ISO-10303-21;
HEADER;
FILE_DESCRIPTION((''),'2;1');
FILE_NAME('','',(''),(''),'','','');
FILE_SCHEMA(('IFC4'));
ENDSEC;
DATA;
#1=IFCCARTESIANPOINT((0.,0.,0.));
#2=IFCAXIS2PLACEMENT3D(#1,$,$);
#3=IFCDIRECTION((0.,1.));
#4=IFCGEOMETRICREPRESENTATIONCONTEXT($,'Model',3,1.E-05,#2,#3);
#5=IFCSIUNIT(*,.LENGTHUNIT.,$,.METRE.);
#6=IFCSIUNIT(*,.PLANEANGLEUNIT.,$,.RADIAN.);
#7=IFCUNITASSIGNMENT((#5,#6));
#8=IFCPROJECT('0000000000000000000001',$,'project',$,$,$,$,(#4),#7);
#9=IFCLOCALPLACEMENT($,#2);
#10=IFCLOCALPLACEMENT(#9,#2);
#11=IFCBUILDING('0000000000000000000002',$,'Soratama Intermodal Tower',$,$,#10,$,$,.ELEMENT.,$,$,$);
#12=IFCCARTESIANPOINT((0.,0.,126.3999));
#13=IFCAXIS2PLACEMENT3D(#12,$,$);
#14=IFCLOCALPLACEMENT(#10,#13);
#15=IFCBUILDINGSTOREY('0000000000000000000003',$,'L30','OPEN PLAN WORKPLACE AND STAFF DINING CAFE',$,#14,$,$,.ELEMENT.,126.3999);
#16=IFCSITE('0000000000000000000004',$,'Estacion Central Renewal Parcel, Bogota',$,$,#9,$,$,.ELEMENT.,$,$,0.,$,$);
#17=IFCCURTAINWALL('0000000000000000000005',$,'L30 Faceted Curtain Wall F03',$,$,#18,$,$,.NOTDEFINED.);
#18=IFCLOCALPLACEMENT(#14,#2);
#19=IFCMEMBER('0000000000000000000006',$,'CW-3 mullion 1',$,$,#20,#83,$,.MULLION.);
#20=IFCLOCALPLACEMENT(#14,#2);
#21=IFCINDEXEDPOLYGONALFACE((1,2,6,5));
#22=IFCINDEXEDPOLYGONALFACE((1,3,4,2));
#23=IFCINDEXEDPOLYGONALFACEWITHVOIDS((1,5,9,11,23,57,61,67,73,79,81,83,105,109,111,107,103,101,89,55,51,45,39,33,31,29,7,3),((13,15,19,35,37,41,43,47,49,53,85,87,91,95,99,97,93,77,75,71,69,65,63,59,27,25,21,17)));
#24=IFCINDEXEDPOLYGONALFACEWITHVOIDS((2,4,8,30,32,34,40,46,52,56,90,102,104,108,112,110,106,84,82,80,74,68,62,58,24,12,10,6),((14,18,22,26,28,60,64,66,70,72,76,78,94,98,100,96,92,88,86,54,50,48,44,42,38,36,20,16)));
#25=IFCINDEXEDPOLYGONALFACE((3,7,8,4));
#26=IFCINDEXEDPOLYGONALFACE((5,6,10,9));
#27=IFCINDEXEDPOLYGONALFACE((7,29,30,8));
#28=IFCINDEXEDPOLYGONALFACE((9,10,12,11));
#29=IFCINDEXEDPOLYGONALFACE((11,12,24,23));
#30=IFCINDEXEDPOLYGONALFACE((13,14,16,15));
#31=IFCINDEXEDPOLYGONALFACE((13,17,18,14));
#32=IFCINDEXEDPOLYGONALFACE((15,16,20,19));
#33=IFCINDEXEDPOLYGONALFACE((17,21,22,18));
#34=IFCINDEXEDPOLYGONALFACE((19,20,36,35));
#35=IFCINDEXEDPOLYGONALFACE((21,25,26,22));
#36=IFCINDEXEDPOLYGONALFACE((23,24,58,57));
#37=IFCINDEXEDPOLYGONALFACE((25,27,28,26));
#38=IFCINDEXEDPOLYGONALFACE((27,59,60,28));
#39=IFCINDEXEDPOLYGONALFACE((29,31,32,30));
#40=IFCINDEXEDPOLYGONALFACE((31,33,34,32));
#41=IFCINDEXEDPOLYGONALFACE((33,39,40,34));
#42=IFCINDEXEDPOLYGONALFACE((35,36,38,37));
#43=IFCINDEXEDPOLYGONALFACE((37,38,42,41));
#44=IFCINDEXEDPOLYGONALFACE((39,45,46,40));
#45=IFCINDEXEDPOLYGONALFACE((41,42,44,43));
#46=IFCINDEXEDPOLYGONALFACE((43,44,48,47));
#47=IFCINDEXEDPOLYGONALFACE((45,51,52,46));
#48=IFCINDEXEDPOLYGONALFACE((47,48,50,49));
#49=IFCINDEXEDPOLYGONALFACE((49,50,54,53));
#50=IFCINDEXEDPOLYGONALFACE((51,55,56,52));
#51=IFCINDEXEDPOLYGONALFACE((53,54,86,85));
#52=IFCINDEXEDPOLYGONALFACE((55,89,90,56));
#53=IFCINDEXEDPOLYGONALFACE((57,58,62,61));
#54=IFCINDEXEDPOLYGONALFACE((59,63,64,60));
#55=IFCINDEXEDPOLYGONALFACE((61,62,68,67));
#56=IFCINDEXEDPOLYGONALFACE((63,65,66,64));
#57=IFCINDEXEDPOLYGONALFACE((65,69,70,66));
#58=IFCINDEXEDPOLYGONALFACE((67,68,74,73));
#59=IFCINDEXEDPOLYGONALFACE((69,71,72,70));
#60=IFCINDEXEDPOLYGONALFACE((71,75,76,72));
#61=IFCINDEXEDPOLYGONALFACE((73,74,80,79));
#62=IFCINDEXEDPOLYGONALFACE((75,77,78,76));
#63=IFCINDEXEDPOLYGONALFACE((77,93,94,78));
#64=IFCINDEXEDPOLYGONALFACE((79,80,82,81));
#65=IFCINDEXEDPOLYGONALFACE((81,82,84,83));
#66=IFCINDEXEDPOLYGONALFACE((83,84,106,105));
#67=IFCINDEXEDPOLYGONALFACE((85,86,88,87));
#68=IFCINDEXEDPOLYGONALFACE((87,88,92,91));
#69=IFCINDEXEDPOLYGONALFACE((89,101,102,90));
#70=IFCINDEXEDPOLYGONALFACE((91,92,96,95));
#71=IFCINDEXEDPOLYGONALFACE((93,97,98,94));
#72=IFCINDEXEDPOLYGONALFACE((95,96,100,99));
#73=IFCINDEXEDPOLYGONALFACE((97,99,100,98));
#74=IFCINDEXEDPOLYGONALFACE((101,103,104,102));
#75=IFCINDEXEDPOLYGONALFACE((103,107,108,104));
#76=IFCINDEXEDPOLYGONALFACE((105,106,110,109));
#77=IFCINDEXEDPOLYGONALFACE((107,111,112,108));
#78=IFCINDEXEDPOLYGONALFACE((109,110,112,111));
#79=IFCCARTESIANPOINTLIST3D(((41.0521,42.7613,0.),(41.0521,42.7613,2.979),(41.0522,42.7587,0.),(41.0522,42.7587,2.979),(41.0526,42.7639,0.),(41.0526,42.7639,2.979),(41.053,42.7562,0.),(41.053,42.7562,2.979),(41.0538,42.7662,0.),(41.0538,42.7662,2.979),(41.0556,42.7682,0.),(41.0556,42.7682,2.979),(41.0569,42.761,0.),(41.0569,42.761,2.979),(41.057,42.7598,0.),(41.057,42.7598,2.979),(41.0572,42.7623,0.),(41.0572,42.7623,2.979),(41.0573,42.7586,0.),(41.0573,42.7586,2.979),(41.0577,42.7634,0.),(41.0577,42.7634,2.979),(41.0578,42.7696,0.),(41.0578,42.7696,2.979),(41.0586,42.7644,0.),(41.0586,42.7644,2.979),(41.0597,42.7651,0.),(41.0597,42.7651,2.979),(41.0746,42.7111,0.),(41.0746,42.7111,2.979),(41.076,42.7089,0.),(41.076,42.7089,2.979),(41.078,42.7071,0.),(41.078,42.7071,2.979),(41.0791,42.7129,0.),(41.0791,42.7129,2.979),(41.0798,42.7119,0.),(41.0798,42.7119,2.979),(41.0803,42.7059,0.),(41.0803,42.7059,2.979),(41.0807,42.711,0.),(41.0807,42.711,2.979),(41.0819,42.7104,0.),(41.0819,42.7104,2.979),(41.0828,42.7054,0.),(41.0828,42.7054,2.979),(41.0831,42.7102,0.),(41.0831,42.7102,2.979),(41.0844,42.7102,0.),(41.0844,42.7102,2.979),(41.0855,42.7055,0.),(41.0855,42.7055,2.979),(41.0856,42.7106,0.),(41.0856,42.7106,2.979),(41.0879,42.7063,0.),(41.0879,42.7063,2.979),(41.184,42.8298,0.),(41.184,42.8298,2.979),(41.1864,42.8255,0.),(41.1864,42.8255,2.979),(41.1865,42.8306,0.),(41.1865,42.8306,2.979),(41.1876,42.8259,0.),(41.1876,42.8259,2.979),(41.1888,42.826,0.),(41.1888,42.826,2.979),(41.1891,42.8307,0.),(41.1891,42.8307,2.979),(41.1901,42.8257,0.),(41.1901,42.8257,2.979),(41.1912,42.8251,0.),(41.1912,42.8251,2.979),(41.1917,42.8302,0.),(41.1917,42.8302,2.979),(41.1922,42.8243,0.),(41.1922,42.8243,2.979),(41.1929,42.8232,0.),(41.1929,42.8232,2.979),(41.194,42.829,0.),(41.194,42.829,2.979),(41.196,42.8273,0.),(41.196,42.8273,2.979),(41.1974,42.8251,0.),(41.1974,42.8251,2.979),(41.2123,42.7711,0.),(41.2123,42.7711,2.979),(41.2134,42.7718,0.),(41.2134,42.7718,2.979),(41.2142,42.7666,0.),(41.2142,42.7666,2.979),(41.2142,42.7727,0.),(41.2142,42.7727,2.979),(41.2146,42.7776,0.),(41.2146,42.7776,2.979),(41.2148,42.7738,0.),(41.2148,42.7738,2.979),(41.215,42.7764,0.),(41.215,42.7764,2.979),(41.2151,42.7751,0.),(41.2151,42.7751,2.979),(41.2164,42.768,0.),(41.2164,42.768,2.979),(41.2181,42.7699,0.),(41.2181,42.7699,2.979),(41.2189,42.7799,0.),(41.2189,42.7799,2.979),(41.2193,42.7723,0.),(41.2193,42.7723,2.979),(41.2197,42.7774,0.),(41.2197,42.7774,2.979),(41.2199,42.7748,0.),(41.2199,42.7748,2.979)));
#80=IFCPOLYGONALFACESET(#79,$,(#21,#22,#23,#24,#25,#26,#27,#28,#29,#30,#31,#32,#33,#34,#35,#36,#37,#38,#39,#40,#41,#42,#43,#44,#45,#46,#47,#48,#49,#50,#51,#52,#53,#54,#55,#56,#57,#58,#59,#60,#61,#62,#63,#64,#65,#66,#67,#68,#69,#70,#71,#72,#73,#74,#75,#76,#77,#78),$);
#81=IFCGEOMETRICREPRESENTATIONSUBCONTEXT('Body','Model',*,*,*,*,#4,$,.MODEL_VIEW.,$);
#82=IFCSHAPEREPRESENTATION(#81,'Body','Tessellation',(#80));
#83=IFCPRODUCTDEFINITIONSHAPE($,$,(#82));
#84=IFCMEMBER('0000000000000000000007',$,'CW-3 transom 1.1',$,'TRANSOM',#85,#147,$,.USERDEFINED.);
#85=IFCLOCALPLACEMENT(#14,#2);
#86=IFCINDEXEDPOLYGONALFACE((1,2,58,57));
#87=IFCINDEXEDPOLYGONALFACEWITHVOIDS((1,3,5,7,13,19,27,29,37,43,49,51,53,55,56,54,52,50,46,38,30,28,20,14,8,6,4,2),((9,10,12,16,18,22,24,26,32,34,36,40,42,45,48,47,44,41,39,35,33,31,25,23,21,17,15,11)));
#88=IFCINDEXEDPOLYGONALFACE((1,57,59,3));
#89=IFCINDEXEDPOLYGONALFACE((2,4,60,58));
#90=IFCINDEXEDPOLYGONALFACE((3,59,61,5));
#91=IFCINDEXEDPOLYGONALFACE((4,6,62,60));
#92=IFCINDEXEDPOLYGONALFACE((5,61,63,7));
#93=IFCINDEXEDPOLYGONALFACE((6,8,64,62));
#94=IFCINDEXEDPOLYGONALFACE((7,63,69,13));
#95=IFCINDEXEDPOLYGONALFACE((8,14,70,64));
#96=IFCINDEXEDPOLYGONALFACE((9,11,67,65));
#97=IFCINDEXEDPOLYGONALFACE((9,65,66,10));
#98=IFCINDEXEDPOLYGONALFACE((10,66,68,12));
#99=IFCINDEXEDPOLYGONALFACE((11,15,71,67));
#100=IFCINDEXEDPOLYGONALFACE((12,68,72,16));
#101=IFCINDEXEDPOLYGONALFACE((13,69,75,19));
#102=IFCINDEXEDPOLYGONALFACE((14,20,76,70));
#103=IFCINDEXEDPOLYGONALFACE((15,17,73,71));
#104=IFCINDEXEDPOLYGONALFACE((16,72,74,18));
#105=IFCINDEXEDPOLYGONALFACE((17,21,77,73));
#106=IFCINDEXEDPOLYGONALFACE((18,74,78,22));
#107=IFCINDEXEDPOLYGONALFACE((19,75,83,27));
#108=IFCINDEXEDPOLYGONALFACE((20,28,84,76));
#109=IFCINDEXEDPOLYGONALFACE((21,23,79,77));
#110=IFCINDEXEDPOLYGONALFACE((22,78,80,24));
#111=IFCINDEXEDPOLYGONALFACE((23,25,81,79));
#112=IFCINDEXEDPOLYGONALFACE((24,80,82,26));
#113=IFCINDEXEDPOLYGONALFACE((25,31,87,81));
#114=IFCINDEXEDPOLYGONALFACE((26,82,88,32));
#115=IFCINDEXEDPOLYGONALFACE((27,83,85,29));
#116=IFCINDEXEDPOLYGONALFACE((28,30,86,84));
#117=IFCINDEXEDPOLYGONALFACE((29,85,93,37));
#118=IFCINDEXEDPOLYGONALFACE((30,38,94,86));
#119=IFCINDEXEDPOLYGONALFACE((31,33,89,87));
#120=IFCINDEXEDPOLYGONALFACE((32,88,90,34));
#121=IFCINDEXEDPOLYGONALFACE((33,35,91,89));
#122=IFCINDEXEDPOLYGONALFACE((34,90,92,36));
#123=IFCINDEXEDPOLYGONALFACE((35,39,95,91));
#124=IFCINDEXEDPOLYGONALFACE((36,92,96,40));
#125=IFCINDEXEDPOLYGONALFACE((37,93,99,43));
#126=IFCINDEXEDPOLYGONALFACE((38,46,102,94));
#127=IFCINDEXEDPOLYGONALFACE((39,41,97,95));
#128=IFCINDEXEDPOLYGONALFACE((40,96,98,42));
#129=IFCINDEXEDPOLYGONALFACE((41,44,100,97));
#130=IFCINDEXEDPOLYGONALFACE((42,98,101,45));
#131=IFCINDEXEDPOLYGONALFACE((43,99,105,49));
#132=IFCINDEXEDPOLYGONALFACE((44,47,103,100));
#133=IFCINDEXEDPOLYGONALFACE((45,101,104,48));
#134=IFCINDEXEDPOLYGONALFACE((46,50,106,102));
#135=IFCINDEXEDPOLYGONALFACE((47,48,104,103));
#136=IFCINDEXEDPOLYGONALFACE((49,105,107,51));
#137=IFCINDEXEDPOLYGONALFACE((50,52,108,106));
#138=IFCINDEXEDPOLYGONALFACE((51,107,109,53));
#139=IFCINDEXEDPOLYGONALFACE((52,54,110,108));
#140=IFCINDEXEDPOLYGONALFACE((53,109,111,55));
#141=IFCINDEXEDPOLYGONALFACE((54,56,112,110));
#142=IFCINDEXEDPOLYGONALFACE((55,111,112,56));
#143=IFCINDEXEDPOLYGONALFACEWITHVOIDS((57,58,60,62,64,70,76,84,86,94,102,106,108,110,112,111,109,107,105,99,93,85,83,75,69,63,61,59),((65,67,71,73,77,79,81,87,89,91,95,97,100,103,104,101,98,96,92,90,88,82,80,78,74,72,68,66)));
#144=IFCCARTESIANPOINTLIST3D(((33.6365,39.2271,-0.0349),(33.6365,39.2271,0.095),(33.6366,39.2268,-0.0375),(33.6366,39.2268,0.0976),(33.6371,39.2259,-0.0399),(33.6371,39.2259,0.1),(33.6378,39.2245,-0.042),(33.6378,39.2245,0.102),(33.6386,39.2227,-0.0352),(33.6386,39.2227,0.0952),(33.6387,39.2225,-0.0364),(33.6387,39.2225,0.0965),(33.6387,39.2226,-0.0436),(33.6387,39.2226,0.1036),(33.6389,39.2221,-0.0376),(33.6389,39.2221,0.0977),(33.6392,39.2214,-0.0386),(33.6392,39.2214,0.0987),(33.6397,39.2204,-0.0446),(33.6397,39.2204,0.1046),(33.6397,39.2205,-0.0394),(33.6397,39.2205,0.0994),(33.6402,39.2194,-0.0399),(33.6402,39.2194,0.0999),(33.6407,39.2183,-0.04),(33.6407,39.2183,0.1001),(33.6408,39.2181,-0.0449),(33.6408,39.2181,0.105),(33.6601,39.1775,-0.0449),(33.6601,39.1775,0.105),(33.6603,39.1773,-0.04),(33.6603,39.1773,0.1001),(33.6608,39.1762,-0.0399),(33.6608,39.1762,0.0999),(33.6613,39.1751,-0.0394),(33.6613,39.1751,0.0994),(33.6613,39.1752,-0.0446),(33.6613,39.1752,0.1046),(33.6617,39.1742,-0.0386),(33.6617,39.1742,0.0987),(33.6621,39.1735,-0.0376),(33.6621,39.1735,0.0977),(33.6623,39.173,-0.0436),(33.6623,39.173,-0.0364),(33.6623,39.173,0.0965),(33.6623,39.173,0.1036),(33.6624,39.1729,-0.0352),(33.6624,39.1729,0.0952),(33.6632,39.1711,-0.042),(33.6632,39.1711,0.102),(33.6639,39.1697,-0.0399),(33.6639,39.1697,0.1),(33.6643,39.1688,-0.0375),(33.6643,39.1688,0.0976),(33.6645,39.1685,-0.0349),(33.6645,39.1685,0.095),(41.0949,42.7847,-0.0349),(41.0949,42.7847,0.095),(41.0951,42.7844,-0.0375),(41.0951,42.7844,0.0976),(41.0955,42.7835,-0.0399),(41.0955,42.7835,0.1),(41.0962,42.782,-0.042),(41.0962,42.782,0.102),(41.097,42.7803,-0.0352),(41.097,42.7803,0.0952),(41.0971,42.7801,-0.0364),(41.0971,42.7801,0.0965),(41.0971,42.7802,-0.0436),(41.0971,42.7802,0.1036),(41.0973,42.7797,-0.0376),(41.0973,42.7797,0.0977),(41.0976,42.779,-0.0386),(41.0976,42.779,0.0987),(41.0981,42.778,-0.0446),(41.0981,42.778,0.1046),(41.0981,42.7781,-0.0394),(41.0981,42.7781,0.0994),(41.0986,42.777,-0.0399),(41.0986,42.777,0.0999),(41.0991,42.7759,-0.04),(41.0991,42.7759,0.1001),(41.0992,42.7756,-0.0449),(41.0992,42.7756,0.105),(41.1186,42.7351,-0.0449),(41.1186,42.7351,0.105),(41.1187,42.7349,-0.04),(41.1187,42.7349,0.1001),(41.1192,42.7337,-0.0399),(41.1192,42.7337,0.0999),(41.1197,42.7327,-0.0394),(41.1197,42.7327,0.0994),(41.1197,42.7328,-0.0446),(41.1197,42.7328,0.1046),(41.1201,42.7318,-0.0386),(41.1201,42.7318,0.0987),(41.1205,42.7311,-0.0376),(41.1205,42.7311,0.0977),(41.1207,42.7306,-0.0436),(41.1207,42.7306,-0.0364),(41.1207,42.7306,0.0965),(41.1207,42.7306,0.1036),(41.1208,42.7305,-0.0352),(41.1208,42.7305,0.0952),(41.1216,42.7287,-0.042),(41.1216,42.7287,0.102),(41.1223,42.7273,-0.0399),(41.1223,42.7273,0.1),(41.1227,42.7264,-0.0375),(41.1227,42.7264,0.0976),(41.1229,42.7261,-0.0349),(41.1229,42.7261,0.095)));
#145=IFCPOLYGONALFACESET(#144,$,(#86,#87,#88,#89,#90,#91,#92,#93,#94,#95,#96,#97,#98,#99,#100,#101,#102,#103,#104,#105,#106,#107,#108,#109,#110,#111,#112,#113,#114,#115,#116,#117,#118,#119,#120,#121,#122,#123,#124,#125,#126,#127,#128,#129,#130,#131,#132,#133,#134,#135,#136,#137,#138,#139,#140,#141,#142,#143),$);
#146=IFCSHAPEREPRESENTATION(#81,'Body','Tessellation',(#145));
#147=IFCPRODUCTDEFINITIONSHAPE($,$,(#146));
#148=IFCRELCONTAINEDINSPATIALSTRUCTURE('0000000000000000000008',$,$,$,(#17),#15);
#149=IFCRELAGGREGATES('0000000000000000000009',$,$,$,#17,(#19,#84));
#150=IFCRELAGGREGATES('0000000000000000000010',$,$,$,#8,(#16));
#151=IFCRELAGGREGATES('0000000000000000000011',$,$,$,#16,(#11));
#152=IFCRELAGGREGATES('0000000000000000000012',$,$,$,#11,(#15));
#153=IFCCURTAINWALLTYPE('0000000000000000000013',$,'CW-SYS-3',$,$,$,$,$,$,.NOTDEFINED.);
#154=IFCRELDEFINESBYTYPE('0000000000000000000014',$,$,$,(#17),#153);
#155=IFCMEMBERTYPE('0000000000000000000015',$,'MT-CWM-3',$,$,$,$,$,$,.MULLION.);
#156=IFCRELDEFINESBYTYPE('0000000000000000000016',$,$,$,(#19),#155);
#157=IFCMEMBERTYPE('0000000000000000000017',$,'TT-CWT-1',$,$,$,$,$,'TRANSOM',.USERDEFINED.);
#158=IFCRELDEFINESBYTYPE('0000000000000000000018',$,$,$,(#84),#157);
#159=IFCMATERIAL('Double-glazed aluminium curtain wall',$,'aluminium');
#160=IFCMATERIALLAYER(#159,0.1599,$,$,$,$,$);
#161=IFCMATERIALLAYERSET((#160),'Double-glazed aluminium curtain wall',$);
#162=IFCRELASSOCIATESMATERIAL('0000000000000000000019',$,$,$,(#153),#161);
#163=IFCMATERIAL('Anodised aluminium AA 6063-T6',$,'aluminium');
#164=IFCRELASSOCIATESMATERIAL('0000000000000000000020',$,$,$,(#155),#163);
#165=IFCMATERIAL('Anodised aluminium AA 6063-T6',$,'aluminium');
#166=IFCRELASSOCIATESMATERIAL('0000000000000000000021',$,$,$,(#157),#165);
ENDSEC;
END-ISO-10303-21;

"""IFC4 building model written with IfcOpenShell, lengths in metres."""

from ifc_helpers import new_model, si_unit, direction, frame, origin, origin_2d, place, context, subcontext, project, spatial, hollow_rectangle, extrude, material, layer, layer_set, material_profile, profile_set, type_object, element, aggregate, save


model = new_model("IFC4")

# Units and contexts
model_context = context("Model", 3, precision=1e-05, world=origin(), true_north=direction((0.0, 1.0)))
body_context = subcontext(model_context, "Body", "Model", "MODEL_VIEW")
ifc_project = project(units=[si_unit("LENGTHUNIT", "METRE"), si_unit("PLANEANGLEUNIT", "RADIAN")], contexts=[model_context])

# Site, building, storey
site_placement = place(None, origin())
site = spatial("IfcSite", under=ifc_project, at=site_placement, Name="Estacion Central Renewal Parcel, Bogota", CompositionType="ELEMENT", RefElevation=0.0)
building_placement = place(site_placement, origin())
building = spatial("IfcBuilding", under=site, at=building_placement, Name="Soratama Intermodal Tower", CompositionType="ELEMENT")
storey_placement = place(building_placement, frame((0.0, 0.0, 126.3999)))
storey = spatial("IfcBuildingStorey", under=building, at=storey_placement, Name="L30", Description="OPEN PLAN WORKPLACE AND STAFF DINING CAFE", CompositionType="ELEMENT", Elevation=126.3999)

# Shared definitions
ifc_material_1 = material(Name="Double-glazed aluminium curtain wall", Category="aluminium")
ifc_layer_1 = layer(ifc_material_1, 0.1599)
ifc_layer_set_1 = layer_set([ifc_layer_1], Name="Double-glazed aluminium curtain wall")
curtain_wall_type = type_object("IfcCurtainWallType", Name="CW-SYS-3", PredefinedType="NOTDEFINED", material=ifc_layer_set_1)
ifc_material_2 = material(Name="Anodised aluminium AA 6063-T6", Category="aluminium")
ifc_material_profile_1 = material_profile(ifc_material_2, hollow_rectangle(XDim=0.0701, YDim=0.1599, WallThickness=0.0049, InnerFilletRadius=0.0049, OuterFilletRadius=0.01, at=origin_2d()), Name="CWM160X70X5")
ifc_profile_set_1 = profile_set([ifc_material_profile_1], Name="Anodised aluminium AA 6063-T6")
member_type_1 = type_object("IfcMemberType", Name="MT-CWM-3", PredefinedType="MULLION", material=ifc_profile_set_1)

# Curtain wall, members
curtain_wall_1_placement = place(storey_placement, origin())
curtain_wall_1 = element("IfcCurtainWall", 1, at=curtain_wall_1_placement, inside=storey, type_object=curtain_wall_type, Name="L30 Faceted Curtain Wall F03", PredefinedType="NOTDEFINED")
member_1_placement = place(storey_placement, frame((41.136, 42.7681, 0.0), z_axis=(0.0, 0.0, 1.0), x_axis=(0.430503, -0.902589, 0.0)))
member_1 = element("IfcMember", 2, at=member_1_placement, type_object=member_type_1, Name="CW-3 mullion 1", PredefinedType="MULLION", context=body_context, shape_type="SweptSolid", body=[
    extrude(hollow_rectangle(XDim=0.0701, YDim=0.1599, WallThickness=0.0049, InnerFilletRadius=0.0049, OuterFilletRadius=0.01, at=origin_2d()), origin(), (0.0, 0.0, 1.0), 2.979),
])
ifc_material_3 = material(Name="Anodised aluminium AA 6063-T6", Category="aluminium")
ifc_material_profile_2 = material_profile(ifc_material_3, hollow_rectangle(XDim=0.0649, YDim=0.1499, WallThickness=0.0049, InnerFilletRadius=0.0049, OuterFilletRadius=0.01, at=origin_2d()), Name="CWT150X65X5")
ifc_profile_set_2 = profile_set([ifc_material_profile_2], Name="Anodised aluminium AA 6063-T6")
member_type_2 = type_object("IfcMemberType", Name="TT-CWT-1", ElementType="TRANSOM", PredefinedType="USERDEFINED", material=ifc_profile_set_2)
member_2_placement = place(storey_placement, frame((41.1089, 42.7554, 0.03), z_axis=(-0.902581, -0.430521, 0.0), x_axis=(0.430521, -0.902581, 0.0)))
member_2 = element("IfcMember", 3, at=member_2_placement, type_object=member_type_2, Name="CW-3 transom 1.1", ObjectType="TRANSOM", PredefinedType="USERDEFINED", context=body_context, shape_type="SweptSolid", body=[
    extrude(hollow_rectangle(XDim=0.0649, YDim=0.1499, WallThickness=0.0049, InnerFilletRadius=0.0049, OuterFilletRadius=0.01, at=origin_2d()), origin(), (0.0, 0.0, 1.0), 8.2634),
])
aggregate(curtain_wall_1, [member_1, member_2])

save(model, "model.ifc")
